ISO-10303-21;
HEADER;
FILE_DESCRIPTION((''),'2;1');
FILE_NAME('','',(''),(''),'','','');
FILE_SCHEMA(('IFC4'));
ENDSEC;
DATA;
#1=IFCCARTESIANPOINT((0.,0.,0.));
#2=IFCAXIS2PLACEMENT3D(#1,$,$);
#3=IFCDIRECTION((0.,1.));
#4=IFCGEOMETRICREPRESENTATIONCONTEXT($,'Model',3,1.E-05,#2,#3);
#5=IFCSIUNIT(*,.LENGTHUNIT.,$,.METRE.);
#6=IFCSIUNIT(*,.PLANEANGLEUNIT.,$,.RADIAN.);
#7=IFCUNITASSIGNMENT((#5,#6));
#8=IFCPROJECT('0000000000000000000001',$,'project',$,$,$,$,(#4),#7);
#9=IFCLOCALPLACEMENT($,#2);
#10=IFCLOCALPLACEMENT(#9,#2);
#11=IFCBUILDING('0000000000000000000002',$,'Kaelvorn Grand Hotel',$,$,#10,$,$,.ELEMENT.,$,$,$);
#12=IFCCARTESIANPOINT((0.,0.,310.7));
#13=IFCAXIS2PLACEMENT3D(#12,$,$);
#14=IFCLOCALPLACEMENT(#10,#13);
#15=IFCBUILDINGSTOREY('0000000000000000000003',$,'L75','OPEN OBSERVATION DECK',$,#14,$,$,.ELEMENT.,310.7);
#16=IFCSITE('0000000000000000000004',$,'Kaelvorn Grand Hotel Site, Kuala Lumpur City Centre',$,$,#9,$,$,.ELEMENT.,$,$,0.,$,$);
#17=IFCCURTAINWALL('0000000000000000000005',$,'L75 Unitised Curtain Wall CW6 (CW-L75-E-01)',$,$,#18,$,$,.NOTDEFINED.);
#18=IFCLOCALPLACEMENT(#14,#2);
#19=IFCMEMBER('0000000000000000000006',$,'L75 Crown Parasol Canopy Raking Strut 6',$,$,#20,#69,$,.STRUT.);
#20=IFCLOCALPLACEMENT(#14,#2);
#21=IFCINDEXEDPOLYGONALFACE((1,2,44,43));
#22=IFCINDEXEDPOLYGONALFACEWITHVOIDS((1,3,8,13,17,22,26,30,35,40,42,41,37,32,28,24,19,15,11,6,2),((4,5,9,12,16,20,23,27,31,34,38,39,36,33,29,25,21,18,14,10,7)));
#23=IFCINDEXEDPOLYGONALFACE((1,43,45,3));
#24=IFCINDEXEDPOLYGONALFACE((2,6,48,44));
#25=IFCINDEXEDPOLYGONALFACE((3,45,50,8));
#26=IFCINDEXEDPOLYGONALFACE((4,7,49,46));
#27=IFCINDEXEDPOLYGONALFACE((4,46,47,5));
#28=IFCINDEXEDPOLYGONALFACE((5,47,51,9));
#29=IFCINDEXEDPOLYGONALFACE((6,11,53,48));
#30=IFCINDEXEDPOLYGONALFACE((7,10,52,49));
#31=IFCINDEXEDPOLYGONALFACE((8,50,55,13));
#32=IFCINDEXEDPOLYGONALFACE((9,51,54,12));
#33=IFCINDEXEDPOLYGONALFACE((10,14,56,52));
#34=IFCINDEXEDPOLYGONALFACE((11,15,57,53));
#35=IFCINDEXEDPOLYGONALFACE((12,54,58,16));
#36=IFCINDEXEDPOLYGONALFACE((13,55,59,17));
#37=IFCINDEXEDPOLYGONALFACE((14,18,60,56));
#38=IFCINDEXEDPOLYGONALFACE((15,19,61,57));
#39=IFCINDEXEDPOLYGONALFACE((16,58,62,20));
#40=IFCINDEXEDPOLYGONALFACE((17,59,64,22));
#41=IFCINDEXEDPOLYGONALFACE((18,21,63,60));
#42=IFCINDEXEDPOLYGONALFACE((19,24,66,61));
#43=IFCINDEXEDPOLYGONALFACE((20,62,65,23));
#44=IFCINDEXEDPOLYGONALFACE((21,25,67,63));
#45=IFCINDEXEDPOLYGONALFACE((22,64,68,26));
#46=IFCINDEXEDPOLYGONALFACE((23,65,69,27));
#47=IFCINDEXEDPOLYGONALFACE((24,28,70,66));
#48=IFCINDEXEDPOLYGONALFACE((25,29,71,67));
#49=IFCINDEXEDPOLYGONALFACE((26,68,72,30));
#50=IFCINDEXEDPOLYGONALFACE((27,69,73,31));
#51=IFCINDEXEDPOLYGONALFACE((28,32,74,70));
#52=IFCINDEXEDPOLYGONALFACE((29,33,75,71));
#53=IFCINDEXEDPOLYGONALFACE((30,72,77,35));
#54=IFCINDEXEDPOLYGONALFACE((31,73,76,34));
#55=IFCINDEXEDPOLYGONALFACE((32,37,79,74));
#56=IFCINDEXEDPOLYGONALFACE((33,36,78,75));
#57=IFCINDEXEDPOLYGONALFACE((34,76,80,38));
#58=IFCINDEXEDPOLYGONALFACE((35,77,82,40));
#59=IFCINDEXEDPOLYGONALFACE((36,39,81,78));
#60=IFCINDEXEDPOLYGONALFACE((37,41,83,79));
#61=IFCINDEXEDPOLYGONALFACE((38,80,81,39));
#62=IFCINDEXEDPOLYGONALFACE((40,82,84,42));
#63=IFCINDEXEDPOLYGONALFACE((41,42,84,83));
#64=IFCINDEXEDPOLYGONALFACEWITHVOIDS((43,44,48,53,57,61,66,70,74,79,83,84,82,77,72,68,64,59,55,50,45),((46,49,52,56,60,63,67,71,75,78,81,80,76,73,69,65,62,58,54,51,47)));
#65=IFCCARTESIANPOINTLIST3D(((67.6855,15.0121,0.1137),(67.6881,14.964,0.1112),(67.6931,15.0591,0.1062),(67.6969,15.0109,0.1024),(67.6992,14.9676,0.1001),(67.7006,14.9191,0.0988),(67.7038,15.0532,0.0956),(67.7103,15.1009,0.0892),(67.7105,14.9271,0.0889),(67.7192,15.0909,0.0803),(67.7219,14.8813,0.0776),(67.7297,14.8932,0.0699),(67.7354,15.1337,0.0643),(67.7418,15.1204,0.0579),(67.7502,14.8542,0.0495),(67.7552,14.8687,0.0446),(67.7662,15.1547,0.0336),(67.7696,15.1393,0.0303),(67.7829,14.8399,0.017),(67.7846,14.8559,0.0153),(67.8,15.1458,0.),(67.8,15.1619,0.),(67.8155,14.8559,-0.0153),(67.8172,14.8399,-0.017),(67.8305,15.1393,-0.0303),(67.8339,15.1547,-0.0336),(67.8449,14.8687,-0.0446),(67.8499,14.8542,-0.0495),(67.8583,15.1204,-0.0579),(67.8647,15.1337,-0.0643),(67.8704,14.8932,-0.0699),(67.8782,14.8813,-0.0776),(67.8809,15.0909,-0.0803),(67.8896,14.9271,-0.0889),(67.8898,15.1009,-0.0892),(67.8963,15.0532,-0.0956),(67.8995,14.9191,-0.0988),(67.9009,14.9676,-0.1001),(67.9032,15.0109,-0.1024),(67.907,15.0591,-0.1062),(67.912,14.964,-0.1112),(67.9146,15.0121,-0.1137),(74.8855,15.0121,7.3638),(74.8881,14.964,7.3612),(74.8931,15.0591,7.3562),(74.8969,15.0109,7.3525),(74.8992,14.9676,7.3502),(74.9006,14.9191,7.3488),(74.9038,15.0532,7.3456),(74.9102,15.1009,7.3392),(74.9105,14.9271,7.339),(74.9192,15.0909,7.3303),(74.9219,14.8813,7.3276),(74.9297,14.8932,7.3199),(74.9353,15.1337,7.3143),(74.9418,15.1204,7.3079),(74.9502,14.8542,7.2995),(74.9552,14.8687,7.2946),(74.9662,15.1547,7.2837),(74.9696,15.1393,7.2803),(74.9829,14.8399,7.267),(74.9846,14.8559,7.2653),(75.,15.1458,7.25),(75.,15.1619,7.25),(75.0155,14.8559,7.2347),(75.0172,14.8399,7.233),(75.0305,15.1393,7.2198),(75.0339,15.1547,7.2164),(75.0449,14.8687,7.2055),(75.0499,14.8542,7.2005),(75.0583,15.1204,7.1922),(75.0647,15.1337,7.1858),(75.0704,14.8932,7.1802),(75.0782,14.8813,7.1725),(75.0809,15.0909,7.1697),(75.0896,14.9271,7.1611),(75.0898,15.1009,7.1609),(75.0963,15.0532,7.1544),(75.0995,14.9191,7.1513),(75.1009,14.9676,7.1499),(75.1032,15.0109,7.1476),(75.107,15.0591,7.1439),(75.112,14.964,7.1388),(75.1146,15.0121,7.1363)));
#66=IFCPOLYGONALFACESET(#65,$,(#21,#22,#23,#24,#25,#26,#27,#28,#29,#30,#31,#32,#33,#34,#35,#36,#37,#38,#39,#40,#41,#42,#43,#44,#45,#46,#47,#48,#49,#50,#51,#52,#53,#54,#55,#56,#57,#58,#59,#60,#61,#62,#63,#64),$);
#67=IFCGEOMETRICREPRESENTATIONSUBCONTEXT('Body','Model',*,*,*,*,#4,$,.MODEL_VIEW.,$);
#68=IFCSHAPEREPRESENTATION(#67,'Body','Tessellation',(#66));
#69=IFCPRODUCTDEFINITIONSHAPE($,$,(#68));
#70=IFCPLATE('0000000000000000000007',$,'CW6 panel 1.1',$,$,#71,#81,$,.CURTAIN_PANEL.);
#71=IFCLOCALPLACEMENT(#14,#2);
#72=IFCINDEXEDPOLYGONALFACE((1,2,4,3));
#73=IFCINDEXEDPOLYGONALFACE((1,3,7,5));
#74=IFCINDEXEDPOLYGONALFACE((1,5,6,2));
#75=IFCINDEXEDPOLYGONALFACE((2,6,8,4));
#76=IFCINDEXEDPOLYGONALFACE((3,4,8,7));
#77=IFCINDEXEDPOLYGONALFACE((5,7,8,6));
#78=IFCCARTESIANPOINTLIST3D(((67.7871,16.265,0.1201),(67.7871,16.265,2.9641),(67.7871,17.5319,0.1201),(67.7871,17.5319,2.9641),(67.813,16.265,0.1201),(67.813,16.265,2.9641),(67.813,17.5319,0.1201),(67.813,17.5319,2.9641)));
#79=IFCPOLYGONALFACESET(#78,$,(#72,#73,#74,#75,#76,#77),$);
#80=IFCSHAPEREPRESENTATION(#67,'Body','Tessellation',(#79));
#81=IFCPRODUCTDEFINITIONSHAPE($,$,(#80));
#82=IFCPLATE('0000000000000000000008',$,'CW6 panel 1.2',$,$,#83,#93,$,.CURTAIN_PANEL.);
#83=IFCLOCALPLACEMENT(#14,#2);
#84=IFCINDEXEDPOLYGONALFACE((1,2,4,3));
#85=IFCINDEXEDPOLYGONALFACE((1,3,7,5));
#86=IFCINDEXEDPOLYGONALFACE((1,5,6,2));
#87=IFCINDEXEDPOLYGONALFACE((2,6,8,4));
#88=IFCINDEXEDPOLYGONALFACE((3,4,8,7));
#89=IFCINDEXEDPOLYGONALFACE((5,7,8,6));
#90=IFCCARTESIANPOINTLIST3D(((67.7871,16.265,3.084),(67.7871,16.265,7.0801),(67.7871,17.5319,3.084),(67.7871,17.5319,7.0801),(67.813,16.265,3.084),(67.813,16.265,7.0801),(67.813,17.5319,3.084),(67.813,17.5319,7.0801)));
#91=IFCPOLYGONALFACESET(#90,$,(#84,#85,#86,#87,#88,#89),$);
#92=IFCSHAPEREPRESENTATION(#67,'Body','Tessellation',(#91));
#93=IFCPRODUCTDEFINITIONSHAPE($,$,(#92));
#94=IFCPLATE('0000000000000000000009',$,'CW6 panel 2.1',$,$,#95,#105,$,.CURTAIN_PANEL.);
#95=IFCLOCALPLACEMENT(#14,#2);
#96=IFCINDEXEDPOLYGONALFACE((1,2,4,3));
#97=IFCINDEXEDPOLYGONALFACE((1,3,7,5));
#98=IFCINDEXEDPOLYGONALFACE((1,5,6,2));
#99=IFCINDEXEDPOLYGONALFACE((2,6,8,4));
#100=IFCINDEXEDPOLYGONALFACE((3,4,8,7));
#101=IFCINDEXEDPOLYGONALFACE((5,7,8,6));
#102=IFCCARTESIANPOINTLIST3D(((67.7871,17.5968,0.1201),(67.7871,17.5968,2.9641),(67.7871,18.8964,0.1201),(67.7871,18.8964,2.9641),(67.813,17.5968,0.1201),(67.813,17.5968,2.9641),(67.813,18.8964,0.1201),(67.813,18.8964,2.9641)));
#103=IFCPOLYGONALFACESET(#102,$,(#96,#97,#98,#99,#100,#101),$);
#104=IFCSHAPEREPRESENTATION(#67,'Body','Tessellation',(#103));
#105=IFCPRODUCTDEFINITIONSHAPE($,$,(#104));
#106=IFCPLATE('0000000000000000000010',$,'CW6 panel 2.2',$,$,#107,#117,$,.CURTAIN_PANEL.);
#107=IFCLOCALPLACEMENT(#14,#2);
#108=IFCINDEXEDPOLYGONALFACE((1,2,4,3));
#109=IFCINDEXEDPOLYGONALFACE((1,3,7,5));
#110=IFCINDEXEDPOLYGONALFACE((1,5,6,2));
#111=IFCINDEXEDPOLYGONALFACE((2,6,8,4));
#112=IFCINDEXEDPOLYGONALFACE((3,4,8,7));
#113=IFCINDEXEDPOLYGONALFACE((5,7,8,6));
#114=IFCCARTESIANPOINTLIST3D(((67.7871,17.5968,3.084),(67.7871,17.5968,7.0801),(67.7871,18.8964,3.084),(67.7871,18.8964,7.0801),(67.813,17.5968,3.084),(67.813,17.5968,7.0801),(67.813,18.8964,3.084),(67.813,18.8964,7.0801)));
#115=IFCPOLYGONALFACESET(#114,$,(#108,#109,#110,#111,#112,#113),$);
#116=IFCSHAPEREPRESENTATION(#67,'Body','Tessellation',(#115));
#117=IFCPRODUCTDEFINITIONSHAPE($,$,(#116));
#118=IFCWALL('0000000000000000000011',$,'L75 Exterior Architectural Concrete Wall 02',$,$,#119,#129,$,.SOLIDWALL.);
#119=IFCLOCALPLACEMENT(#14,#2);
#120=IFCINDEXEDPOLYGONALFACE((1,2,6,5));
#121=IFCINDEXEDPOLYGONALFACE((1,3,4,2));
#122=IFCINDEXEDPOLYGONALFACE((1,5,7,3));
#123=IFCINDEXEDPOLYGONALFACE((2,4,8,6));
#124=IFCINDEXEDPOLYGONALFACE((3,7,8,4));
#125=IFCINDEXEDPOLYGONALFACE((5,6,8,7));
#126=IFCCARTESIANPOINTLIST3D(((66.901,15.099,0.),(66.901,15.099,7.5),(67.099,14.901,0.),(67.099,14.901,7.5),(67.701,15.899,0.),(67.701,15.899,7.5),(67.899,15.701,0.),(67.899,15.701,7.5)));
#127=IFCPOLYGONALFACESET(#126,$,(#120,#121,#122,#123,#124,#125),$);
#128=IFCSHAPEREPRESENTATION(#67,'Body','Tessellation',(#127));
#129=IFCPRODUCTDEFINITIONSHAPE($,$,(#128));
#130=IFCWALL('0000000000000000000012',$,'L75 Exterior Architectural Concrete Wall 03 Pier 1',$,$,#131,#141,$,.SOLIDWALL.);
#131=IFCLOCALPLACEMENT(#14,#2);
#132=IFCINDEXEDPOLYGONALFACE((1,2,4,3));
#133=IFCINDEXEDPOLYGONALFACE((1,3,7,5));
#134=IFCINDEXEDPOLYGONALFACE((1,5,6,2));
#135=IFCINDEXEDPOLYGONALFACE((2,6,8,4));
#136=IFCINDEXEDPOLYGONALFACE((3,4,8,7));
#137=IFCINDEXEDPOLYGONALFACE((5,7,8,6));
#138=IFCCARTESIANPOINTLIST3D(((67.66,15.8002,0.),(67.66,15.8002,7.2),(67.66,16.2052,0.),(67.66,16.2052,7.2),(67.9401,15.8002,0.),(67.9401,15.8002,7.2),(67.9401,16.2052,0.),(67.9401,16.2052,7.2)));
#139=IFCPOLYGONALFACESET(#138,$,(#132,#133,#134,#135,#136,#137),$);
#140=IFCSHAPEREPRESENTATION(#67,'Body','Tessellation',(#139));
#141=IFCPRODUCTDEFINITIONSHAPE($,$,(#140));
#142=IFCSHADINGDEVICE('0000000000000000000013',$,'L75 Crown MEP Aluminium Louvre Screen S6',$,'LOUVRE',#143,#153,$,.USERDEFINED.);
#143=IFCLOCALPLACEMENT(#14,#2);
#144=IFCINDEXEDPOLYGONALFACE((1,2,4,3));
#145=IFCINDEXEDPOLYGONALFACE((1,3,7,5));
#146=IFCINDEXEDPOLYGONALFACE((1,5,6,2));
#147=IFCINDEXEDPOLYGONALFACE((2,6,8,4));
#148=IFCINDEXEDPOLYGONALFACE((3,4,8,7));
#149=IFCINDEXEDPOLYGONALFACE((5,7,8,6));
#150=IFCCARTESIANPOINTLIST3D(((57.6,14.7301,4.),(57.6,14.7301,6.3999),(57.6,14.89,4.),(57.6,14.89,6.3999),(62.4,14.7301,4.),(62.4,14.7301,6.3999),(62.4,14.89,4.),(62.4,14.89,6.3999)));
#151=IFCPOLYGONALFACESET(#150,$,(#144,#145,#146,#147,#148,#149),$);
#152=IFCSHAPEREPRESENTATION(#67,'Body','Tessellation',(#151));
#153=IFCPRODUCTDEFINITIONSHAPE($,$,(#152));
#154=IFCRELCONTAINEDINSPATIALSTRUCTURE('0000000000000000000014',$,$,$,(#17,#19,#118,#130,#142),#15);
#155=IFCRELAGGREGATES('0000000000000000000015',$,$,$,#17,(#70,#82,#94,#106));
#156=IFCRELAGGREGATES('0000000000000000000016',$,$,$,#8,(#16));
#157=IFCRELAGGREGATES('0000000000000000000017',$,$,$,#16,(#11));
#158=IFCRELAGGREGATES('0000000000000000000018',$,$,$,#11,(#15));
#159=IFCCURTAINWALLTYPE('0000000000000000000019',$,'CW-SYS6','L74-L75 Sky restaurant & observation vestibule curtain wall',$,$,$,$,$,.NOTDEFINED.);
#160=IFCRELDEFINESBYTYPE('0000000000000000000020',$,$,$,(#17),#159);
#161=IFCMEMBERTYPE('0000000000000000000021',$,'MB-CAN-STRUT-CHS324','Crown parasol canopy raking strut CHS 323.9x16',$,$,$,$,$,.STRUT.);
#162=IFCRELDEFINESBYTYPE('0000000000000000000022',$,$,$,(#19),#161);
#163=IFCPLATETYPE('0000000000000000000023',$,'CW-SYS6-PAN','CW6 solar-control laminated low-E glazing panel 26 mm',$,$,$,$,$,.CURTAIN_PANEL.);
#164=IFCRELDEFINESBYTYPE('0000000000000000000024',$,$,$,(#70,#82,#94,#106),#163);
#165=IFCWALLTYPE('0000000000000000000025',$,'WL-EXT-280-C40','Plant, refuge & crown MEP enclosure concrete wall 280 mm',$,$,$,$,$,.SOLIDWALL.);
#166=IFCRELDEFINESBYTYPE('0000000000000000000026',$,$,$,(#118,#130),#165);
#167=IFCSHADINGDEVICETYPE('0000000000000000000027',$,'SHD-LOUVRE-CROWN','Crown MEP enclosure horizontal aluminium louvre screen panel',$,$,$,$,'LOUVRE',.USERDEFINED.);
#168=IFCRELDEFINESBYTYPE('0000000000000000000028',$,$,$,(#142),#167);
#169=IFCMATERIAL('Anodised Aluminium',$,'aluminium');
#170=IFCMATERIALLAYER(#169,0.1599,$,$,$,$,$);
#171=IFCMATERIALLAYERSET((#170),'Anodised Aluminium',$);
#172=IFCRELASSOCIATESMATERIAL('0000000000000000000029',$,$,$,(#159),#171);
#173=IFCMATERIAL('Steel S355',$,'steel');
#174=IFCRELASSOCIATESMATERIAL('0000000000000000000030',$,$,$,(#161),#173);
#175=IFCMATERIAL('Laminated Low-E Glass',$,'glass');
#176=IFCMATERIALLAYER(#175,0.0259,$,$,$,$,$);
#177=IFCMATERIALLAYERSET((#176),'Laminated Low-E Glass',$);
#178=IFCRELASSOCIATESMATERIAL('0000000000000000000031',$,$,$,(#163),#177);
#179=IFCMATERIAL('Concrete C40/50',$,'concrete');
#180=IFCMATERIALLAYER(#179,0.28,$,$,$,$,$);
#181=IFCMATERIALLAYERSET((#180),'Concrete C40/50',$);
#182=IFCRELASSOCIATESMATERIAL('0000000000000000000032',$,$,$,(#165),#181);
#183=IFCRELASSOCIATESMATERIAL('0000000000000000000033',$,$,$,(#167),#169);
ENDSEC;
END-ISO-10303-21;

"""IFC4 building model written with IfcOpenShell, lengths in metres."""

from ifc_helpers import new_model, si_unit, direction, frame, frame_2d, origin, origin_2d, place, context, subcontext, project, spatial, rectangle, hollow_circle, extrude, material, layer, layer_set, material_profile, profile_set, type_object, element, aggregate, save


model = new_model("IFC4")

# Units and contexts
model_context = context("Model", 3, precision=1e-05, world=origin(), true_north=direction((0.0, 1.0)))
body_context = subcontext(model_context, "Body", "Model", "MODEL_VIEW")
ifc_project = project(units=[si_unit("LENGTHUNIT", "METRE"), si_unit("PLANEANGLEUNIT", "RADIAN")], contexts=[model_context])

# Site, building, storey
site_placement = place(None, origin())
site = spatial("IfcSite", under=ifc_project, at=site_placement, Name="Kaelvorn Grand Hotel Site, Kuala Lumpur City Centre", CompositionType="ELEMENT", RefElevation=0.0)
building_placement = place(site_placement, origin())
building = spatial("IfcBuilding", under=site, at=building_placement, Name="Kaelvorn Grand Hotel", CompositionType="ELEMENT")
storey_placement = place(building_placement, frame((0.0, 0.0, 310.7)))
storey = spatial("IfcBuildingStorey", under=building, at=storey_placement, Name="L75", Description="OPEN OBSERVATION DECK", CompositionType="ELEMENT", Elevation=310.7)

# Shared definitions
ifc_material_1 = material(Name="Steel S355", Category="steel")

# Curtain wall
ifc_material_2 = material(Name="Anodised Aluminium", Category="aluminium")
ifc_layer_1 = layer(ifc_material_2, 0.1599)
ifc_layer_set_1 = layer_set([ifc_layer_1], Name="Anodised Aluminium")
curtain_wall_type = type_object("IfcCurtainWallType", Name="CW-SYS6", Description="L74-L75 Sky restaurant & observation vestibule curtain wall", PredefinedType="NOTDEFINED", material=ifc_layer_set_1)
curtain_wall_placement = place(storey_placement, origin())
curtain_wall = element("IfcCurtainWall", 1, at=curtain_wall_placement, inside=storey, type_object=curtain_wall_type, Name="L75 Unitised Curtain Wall CW6 (CW-L75-E-01)", PredefinedType="NOTDEFINED")

# Member
ifc_material_profile_1 = material_profile(ifc_material_1, hollow_circle(Radius=0.1619, WallThickness=0.0161, at=origin_2d()), Name="CHS 323.9x16.0")
ifc_profile_set_1 = profile_set([ifc_material_profile_1], Name="Steel S355")
member_type_1 = type_object("IfcMemberType", Name="MB-CAN-STRUT-CHS324", Description="Crown parasol canopy raking strut CHS 323.9x16", PredefinedType="STRUT", material=ifc_profile_set_1)
member_1_placement = place(storey_placement, frame((67.8, 15.0, 0.0), z_axis=(0.704653, 0.0, 0.709552), x_axis=(0.0, 1.0, 0.0)))
element("IfcMember", 2, at=member_1_placement, inside=storey, type_object=member_type_1, Name="L75 Crown Parasol Canopy Raking Strut 6", PredefinedType="STRUT", context=body_context, shape_type="SweptSolid", body=[
    extrude(hollow_circle(Radius=0.1619, WallThickness=0.0161, at=origin_2d()), origin(), (0.0, 0.0, 1.0), 10.2178),
])

# Plates
ifc_material_3 = material(Name="Laminated Low-E Glass", Category="glass")
ifc_layer_2 = layer(ifc_material_3, 0.0259)
ifc_layer_set_2 = layer_set([ifc_layer_2], Name="Laminated Low-E Glass")
plate_type = type_object("IfcPlateType", Name="CW-SYS6-PAN", Description="CW6 solar-control laminated low-E glazing panel 26 mm", PredefinedType="CURTAIN_PANEL", material=ifc_layer_set_2)
plate_1_placement = place(storey_placement, frame((67.8, 16.8984, 0.1201), z_axis=(0.0, 0.0, 1.0), x_axis=(0.0, 1.0, 0.0)))
plate_1 = element("IfcPlate", 3, at=plate_1_placement, type_object=plate_type, Name="CW6 panel 1.1", PredefinedType="CURTAIN_PANEL", context=body_context, shape_type="SweptSolid", body=[
    extrude(rectangle(XDim=1.2668, YDim=0.0259, at=origin_2d()), origin(), (0.0, 0.0, 1.0), 2.844),
])
plate_2_placement = place(storey_placement, frame((67.8, 16.8984, 3.084), z_axis=(0.0, 0.0, 1.0), x_axis=(0.0, 1.0, 0.0)))
plate_2 = element("IfcPlate", 4, at=plate_2_placement, type_object=plate_type, Name="CW6 panel 1.2", PredefinedType="CURTAIN_PANEL", context=body_context, shape_type="SweptSolid", body=[
    extrude(rectangle(XDim=1.2668, YDim=0.0259, at=origin_2d()), origin(), (0.0, 0.0, 1.0), 3.9961),
])
plate_3_placement = place(storey_placement, frame((67.8, 18.2466, 0.1201), z_axis=(0.0, 0.0, 1.0), x_axis=(0.0, 1.0, 0.0)))
plate_3 = element("IfcPlate", 5, at=plate_3_placement, type_object=plate_type, Name="CW6 panel 2.1", PredefinedType="CURTAIN_PANEL", context=body_context, shape_type="SweptSolid", body=[
    extrude(rectangle(XDim=1.2996, YDim=0.0259, at=origin_2d()), origin(), (0.0, 0.0, 1.0), 2.844),
])
plate_4_placement = place(storey_placement, frame((67.8, 18.2466, 3.084), z_axis=(0.0, 0.0, 1.0), x_axis=(0.0, 1.0, 0.0)))
plate_4 = element("IfcPlate", 6, at=plate_4_placement, type_object=plate_type, Name="CW6 panel 2.2", PredefinedType="CURTAIN_PANEL", context=body_context, shape_type="SweptSolid", body=[
    extrude(rectangle(XDim=1.2996, YDim=0.0259, at=origin_2d()), origin(), (0.0, 0.0, 1.0), 3.9961),
])
aggregate(curtain_wall, [plate_1, plate_2, plate_3, plate_4])

# Walls
ifc_material_4 = material(Name="Concrete C40/50", Category="concrete")
ifc_layer_3 = layer(ifc_material_4, 0.28)
ifc_layer_set_3 = layer_set([ifc_layer_3], Name="Concrete C40/50")
wall_type = type_object("IfcWallType", Name="WL-EXT-280-C40", Description="Plant, refuge & crown MEP enclosure concrete wall 280 mm", PredefinedType="SOLIDWALL", material=ifc_layer_set_3)
wall_1_placement = place(storey_placement, frame((67.0, 15.0, 0.0), z_axis=(0.0, 0.0, 1.0), x_axis=(0.707107, 0.707107, 0.0)))
element("IfcWall", 7, at=wall_1_placement, inside=storey, type_object=wall_type, Name="L75 Exterior Architectural Concrete Wall 02", PredefinedType="SOLIDWALL", context=body_context, shape_type="SweptSolid", body=[
    extrude(rectangle(XDim=1.1313, YDim=0.28, at=frame_2d((0.5657, 0.0))), origin(), (0.0, 0.0, 1.0), 7.5),
])
wall_2_placement = place(storey_placement, frame((67.8, 15.8, 0.0), z_axis=(0.0, 0.0, 1.0), x_axis=(0.0, 1.0, 0.0)))
element("IfcWall", 8, at=wall_2_placement, inside=storey, type_object=wall_type, Name="L75 Exterior Architectural Concrete Wall 03 Pier 1", PredefinedType="SOLIDWALL", context=body_context, shape_type="SweptSolid", body=[
    extrude(rectangle(XDim=0.405, YDim=0.28, at=frame_2d((0.2026, 0.0))), origin(), (0.0, 0.0, 1.0), 7.2),
])

# Shading device
shading_device_type = type_object("IfcShadingDeviceType", Name="SHD-LOUVRE-CROWN", Description="Crown MEP enclosure horizontal aluminium louvre screen panel", ElementType="LOUVRE", PredefinedType="USERDEFINED", material=ifc_material_2)
shading_device_placement = place(storey_placement, frame((60.0, 14.8101, 4.0), z_axis=(0.0, 0.0, 1.0), x_axis=(1.0, 0.0, 0.0)))
element("IfcShadingDevice", 9, at=shading_device_placement, inside=storey, type_object=shading_device_type, Name="L75 Crown MEP Aluminium Louvre Screen S6", ObjectType="LOUVRE", PredefinedType="USERDEFINED", context=body_context, shape_type="SweptSolid", body=[
    extrude(rectangle(XDim=4.8, YDim=0.1599, at=origin_2d()), origin(), (0.0, 0.0, 1.0), 2.3999),
])

save(model, "model.ifc")
